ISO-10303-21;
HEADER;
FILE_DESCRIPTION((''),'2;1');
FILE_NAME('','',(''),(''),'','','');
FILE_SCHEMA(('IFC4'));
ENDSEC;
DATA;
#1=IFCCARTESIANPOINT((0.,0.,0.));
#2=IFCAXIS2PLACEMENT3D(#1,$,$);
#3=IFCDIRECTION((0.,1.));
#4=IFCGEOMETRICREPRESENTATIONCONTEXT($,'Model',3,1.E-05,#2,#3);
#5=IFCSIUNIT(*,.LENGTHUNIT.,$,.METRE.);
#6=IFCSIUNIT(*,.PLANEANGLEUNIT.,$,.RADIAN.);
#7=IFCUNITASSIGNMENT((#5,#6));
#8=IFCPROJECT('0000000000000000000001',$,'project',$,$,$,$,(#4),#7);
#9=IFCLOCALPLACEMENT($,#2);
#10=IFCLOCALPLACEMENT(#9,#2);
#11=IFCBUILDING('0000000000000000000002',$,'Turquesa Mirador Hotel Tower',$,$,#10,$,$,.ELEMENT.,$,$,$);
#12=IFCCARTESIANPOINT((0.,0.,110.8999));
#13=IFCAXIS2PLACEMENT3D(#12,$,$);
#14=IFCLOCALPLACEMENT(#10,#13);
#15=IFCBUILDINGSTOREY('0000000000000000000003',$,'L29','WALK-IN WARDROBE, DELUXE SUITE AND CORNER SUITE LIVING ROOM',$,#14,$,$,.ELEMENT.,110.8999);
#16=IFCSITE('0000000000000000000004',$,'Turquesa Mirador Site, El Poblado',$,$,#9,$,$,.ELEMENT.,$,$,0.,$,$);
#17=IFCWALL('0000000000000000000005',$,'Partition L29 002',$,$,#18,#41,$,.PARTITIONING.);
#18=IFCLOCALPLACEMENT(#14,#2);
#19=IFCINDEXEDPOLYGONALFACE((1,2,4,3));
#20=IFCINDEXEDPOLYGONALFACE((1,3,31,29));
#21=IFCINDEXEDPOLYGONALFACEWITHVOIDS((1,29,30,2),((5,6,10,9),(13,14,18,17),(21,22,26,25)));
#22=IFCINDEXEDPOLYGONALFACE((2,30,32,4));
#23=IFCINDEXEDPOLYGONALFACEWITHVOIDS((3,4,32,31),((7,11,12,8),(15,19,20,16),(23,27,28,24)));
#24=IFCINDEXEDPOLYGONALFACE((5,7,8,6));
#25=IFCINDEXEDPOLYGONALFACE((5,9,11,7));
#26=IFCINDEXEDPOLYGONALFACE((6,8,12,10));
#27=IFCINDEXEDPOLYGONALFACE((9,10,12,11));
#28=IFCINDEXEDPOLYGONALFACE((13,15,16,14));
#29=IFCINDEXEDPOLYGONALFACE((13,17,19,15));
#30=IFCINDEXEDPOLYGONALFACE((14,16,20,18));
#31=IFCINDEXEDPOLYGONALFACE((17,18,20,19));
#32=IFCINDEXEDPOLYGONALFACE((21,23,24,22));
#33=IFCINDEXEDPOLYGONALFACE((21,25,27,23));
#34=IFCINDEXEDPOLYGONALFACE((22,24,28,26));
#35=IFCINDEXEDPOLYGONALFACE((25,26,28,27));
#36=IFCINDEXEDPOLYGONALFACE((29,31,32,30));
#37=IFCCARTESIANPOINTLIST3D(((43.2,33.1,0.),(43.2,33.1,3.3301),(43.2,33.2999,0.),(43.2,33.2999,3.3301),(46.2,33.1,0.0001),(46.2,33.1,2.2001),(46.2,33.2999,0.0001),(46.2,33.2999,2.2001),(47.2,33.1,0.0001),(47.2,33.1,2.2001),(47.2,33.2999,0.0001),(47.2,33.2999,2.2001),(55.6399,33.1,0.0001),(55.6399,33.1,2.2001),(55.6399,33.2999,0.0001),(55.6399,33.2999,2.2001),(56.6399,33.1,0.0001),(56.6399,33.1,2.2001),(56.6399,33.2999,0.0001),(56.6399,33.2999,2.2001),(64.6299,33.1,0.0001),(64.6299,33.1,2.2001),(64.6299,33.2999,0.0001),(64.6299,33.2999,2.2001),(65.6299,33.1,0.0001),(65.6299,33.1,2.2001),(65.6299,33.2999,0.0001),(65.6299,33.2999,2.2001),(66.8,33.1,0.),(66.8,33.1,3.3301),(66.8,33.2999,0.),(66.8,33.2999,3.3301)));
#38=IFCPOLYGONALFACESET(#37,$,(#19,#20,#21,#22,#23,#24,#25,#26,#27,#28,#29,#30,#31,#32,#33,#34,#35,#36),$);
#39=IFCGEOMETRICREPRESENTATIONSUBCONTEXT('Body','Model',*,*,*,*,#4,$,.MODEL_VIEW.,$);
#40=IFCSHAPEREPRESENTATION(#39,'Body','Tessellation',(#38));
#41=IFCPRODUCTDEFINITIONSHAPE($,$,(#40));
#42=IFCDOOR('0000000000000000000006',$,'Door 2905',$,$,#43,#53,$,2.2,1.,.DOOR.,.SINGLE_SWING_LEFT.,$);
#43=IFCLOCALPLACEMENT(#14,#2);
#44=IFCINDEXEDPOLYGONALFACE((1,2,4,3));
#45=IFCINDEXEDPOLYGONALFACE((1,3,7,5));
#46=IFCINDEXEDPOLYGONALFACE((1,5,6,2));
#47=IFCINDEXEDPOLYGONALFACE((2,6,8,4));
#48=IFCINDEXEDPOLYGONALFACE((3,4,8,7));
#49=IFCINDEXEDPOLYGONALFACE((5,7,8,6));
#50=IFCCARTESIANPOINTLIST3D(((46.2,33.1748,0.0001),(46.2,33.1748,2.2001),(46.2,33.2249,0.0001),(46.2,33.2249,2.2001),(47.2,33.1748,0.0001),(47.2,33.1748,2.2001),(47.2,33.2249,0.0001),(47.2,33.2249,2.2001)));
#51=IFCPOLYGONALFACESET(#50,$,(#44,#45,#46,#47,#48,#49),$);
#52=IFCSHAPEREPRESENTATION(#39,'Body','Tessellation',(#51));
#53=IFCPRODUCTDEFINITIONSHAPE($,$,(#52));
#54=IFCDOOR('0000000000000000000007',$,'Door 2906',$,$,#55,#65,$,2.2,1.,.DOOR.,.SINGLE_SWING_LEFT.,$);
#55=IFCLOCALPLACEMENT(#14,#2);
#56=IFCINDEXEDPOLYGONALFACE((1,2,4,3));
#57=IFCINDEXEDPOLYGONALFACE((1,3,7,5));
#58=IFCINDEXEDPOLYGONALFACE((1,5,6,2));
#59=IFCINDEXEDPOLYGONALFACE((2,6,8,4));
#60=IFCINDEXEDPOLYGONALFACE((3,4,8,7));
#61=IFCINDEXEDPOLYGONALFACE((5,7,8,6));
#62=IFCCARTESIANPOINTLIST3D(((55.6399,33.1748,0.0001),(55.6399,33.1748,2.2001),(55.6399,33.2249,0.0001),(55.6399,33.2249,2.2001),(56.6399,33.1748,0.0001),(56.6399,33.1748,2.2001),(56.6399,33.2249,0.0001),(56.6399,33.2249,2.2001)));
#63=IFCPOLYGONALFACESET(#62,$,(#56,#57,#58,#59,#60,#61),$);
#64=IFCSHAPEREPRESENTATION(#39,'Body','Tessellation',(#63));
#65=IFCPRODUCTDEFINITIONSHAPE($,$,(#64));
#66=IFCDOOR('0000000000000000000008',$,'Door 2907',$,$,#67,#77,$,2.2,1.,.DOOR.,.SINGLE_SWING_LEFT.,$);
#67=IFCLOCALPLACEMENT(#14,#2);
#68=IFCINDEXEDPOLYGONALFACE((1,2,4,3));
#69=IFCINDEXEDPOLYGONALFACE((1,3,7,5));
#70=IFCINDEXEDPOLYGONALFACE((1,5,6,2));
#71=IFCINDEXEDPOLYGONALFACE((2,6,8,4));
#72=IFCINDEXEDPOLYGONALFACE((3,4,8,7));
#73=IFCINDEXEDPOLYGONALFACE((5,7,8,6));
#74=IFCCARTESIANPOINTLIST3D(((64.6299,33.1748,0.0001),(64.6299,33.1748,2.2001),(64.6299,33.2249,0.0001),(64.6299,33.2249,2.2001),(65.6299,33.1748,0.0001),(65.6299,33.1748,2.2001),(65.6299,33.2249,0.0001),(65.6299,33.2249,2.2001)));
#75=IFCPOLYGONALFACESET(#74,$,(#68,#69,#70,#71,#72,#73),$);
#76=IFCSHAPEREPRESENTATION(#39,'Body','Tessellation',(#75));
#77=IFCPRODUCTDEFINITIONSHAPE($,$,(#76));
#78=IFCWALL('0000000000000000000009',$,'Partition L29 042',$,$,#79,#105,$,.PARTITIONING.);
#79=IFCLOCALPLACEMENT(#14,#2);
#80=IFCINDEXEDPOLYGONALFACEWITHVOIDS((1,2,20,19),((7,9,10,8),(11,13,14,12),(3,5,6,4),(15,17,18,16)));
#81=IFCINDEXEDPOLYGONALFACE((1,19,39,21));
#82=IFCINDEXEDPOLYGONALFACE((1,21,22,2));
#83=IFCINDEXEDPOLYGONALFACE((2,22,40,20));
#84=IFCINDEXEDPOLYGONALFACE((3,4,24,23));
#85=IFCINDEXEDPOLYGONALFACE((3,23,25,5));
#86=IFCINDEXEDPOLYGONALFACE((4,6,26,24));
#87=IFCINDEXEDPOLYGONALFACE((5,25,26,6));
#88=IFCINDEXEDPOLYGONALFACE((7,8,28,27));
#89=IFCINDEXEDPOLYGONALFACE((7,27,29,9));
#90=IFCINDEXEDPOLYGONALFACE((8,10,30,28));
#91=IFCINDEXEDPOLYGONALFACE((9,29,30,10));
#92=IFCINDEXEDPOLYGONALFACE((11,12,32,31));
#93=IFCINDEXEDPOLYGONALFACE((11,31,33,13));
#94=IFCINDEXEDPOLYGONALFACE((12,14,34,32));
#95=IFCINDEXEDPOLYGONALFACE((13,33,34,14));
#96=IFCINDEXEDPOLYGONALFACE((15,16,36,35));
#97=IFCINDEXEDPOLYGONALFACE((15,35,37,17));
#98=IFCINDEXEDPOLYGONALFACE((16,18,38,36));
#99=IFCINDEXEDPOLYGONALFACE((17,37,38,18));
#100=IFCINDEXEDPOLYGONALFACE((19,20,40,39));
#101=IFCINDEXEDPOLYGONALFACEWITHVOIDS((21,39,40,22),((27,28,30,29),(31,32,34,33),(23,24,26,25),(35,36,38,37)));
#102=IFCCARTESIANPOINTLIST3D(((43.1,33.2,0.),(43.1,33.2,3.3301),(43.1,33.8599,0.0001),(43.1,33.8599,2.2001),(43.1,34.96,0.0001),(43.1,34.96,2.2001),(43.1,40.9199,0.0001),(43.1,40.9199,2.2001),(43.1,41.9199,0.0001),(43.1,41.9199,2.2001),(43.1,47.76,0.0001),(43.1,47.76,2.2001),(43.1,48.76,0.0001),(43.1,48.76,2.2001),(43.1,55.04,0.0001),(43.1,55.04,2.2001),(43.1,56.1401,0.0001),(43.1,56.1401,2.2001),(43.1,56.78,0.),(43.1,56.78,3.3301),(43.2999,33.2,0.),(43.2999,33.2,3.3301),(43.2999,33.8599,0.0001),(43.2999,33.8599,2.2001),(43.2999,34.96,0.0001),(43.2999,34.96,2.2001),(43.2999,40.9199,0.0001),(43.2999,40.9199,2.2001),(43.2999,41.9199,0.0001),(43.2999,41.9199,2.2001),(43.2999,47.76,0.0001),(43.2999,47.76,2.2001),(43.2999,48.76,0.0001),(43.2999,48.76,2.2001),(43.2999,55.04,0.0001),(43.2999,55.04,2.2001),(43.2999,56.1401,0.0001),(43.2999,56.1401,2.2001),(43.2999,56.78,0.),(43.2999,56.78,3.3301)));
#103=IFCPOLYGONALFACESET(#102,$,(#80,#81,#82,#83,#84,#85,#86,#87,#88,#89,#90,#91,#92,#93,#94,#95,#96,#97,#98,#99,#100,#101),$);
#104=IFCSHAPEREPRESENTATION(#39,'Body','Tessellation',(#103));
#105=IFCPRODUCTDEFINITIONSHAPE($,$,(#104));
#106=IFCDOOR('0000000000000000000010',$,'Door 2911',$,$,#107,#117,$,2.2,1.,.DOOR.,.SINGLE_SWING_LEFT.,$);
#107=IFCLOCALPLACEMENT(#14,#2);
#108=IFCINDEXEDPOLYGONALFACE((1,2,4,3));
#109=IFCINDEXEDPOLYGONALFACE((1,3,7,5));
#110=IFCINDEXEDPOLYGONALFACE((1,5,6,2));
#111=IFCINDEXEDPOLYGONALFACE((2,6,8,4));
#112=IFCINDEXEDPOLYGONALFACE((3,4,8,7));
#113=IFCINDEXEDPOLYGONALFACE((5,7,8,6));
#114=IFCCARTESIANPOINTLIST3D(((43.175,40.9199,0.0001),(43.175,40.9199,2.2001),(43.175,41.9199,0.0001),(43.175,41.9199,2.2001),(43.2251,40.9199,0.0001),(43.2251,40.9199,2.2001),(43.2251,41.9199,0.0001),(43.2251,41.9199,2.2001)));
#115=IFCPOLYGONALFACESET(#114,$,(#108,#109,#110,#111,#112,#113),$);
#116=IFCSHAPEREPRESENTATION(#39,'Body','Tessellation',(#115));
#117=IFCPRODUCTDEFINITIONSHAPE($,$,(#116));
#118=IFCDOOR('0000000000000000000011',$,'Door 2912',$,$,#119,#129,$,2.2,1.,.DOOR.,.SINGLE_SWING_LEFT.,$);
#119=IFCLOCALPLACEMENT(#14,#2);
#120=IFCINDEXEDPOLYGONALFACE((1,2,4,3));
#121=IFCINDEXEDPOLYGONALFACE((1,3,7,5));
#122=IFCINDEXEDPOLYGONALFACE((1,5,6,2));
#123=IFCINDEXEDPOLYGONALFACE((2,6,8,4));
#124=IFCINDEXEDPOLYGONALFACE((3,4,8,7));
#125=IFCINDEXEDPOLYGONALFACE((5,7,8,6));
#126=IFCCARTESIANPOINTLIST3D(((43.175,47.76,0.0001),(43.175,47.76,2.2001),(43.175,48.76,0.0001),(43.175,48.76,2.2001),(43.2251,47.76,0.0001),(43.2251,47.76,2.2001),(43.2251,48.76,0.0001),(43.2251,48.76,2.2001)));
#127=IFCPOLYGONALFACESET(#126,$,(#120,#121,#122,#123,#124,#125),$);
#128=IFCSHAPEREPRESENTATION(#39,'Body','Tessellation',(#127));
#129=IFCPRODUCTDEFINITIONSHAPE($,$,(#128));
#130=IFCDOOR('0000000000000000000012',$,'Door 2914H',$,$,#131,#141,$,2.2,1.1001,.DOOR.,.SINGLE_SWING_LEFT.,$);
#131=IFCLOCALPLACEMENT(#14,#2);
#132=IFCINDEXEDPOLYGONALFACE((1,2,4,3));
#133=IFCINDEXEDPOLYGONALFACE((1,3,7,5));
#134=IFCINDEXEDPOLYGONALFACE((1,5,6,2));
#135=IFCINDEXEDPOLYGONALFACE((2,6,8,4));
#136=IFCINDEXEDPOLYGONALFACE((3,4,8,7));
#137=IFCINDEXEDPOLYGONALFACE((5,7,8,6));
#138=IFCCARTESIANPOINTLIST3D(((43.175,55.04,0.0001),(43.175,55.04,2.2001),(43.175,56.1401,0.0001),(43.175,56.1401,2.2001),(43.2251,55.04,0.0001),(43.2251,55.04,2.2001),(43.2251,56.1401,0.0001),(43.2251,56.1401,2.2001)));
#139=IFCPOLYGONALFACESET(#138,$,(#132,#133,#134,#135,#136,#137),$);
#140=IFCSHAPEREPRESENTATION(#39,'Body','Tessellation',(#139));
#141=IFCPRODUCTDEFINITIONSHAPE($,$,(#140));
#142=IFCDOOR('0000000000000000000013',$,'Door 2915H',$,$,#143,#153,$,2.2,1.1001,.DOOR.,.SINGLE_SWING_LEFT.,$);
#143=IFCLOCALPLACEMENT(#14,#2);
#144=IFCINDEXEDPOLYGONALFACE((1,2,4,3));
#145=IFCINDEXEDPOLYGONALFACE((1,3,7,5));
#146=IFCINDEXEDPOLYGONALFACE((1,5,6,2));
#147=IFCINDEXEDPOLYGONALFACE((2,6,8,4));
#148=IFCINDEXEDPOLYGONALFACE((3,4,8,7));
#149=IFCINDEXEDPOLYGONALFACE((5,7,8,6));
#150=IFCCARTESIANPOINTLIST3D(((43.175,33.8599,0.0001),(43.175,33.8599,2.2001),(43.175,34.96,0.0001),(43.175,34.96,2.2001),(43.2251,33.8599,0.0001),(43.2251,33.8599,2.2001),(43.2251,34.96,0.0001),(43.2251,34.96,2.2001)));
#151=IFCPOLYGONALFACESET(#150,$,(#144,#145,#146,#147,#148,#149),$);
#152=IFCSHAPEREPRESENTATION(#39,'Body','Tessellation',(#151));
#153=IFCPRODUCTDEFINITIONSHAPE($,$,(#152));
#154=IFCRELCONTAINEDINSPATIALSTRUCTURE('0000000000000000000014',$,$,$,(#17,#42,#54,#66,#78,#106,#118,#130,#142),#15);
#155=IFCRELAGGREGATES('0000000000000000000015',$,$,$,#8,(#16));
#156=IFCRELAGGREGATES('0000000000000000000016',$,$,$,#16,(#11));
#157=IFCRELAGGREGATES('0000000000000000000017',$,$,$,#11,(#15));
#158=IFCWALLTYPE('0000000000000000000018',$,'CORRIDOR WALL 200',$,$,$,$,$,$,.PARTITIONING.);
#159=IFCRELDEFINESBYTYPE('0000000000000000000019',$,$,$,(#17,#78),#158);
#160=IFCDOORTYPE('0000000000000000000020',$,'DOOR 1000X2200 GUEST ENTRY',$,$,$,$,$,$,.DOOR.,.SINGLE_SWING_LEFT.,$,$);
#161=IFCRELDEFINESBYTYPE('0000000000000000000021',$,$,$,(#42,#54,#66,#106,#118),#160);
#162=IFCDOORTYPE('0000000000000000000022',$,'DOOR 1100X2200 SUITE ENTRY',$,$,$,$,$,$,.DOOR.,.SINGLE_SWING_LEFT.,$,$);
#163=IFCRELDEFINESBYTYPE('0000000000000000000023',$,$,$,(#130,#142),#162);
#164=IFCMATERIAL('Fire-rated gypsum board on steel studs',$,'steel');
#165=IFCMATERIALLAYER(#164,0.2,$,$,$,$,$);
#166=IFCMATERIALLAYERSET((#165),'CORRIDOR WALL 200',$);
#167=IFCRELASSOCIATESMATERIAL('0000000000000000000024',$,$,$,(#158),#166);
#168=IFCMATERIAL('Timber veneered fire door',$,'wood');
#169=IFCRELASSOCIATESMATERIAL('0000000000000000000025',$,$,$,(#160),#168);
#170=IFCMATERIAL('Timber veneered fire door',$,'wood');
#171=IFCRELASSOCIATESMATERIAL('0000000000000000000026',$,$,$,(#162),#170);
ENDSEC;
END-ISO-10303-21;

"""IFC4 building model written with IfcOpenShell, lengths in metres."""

from ifc_helpers import new_model, si_unit, direction, frame, frame_2d, origin, place, context, subcontext, project, spatial, rectangle, extrude, material, layer, layer_set, type_object, element, fill, save


model = new_model("IFC4")

# Units and contexts
model_context = context("Model", 3, precision=1e-05, world=origin(), true_north=direction((0.0, 1.0)))
body_context = subcontext(model_context, "Body", "Model", "MODEL_VIEW")
ifc_project = project(units=[si_unit("LENGTHUNIT", "METRE"), si_unit("PLANEANGLEUNIT", "RADIAN")], contexts=[model_context])

# Site, building, storey
site_placement = place(None, origin())
site = spatial("IfcSite", under=ifc_project, at=site_placement, Name="Turquesa Mirador Site, El Poblado", CompositionType="ELEMENT", RefElevation=0.0)
building_placement = place(site_placement, origin())
building = spatial("IfcBuilding", under=site, at=building_placement, Name="Turquesa Mirador Hotel Tower", CompositionType="ELEMENT")
storey_placement = place(building_placement, frame((0.0, 0.0, 110.8999)))
storey = spatial("IfcBuildingStorey", under=building, at=storey_placement, Name="L29", Description="WALK-IN WARDROBE, DELUXE SUITE AND CORNER SUITE LIVING ROOM", CompositionType="ELEMENT", Elevation=110.8999)

# Walls, openings, doors
ifc_material_1 = material(Name="Fire-rated gypsum board on steel studs", Category="steel")
ifc_layer_1 = layer(ifc_material_1, 0.2)
ifc_layer_set_1 = layer_set([ifc_layer_1], Name="CORRIDOR WALL 200")
wall_type_1 = type_object("IfcWallType", Name="CORRIDOR WALL 200", PredefinedType="PARTITIONING", material=ifc_layer_set_1)
wall_1_placement = place(storey_placement, frame((43.2, 33.2, 0.0), z_axis=(0.0, 0.0, 1.0), x_axis=(1.0, 0.0, 0.0)))
wall_1 = element("IfcWall", 1, at=wall_1_placement, inside=storey, type_object=wall_type_1, Name="Partition L29 002", PredefinedType="PARTITIONING", context=body_context, shape_type="SweptSolid", body=[
    extrude(rectangle(XDim=23.6001, YDim=0.2, at=frame_2d((11.8, 0.0))), origin(), (0.0, 0.0, 1.0), 3.3301),
])
opening_1_placement = place(wall_1_placement, frame((3.0, 0.0, 0.0)))
opening_1 = element("IfcOpeningElement", 2, at=opening_1_placement, cuts=wall_1, PredefinedType="OPENING", context=body_context, shape_type="SweptSolid", body=[
    extrude(rectangle(XDim=1.0, YDim=2.2, at=frame_2d((0.5, 1.1001))), frame((0.0, 0.1099, 0.0), z_axis=(0.0, -1.0, 0.0), x_axis=(1.0, 0.0, 0.0)), (0.0, 0.0, 1.0), 0.22),
])
opening_2_placement = place(wall_1_placement, frame((12.4399, 0.0, 0.0)))
opening_2 = element("IfcOpeningElement", 3, at=opening_2_placement, cuts=wall_1, PredefinedType="OPENING", context=body_context, shape_type="SweptSolid", body=[
    extrude(rectangle(XDim=1.0, YDim=2.2, at=frame_2d((0.5, 1.1001))), frame((0.0, 0.1099, 0.0), z_axis=(0.0, -1.0, 0.0), x_axis=(1.0, 0.0, 0.0)), (0.0, 0.0, 1.0), 0.22),
])
opening_3_placement = place(wall_1_placement, frame((21.4299, 0.0, 0.0)))
opening_3 = element("IfcOpeningElement", 4, at=opening_3_placement, cuts=wall_1, PredefinedType="OPENING", context=body_context, shape_type="SweptSolid", body=[
    extrude(rectangle(XDim=1.0, YDim=2.2, at=frame_2d((0.5, 1.1001))), frame((0.0, 0.1099, 0.0), z_axis=(0.0, -1.0, 0.0), x_axis=(1.0, 0.0, 0.0)), (0.0, 0.0, 1.0), 0.22),
])
ifc_material_2 = material(Name="Timber veneered fire door", Category="wood")
door_type_1 = type_object("IfcDoorType", Name="DOOR 1000X2200 GUEST ENTRY", OperationType="SINGLE_SWING_LEFT", PredefinedType="DOOR", material=ifc_material_2)
door_1_placement = place(opening_1_placement, origin())
door_1 = element("IfcDoor", 5, at=door_1_placement, inside=storey, type_object=door_type_1, Name="Door 2905", OperationType="SINGLE_SWING_LEFT", OverallHeight=2.2, OverallWidth=1.0, PredefinedType="DOOR", context=body_context, shape_type="SweptSolid", body=[
    extrude(rectangle(XDim=1.0, YDim=2.2, at=frame_2d((0.5, 1.1001))), frame((0.0, 0.0249, 0.0), z_axis=(0.0, -1.0, 0.0), x_axis=(1.0, 0.0, 0.0)), (0.0, 0.0, 1.0), 0.05),
])
fill(opening_1, door_1)
door_2_placement = place(opening_2_placement, origin())
door_2 = element("IfcDoor", 6, at=door_2_placement, inside=storey, type_object=door_type_1, Name="Door 2906", OperationType="SINGLE_SWING_LEFT", OverallHeight=2.2, OverallWidth=1.0, PredefinedType="DOOR", context=body_context, shape_type="SweptSolid", body=[
    extrude(rectangle(XDim=1.0, YDim=2.2, at=frame_2d((0.5, 1.1001))), frame((0.0, 0.0249, 0.0), z_axis=(0.0, -1.0, 0.0), x_axis=(1.0, 0.0, 0.0)), (0.0, 0.0, 1.0), 0.05),
])
fill(opening_2, door_2)
door_3_placement = place(opening_3_placement, origin())
door_3 = element("IfcDoor", 7, at=door_3_placement, inside=storey, type_object=door_type_1, Name="Door 2907", OperationType="SINGLE_SWING_LEFT", OverallHeight=2.2, OverallWidth=1.0, PredefinedType="DOOR", context=body_context, shape_type="SweptSolid", body=[
    extrude(rectangle(XDim=1.0, YDim=2.2, at=frame_2d((0.5, 1.1001))), frame((0.0, 0.0249, 0.0), z_axis=(0.0, -1.0, 0.0), x_axis=(1.0, 0.0, 0.0)), (0.0, 0.0, 1.0), 0.05),
])
fill(opening_3, door_3)
wall_2_placement = place(storey_placement, frame((43.2, 33.2, 0.0), z_axis=(0.0, 0.0, 1.0), x_axis=(0.0, 1.0, 0.0)))
wall_2 = element("IfcWall", 8, at=wall_2_placement, inside=storey, type_object=wall_type_1, Name="Partition L29 042", PredefinedType="PARTITIONING", context=body_context, shape_type="SweptSolid", body=[
    extrude(rectangle(XDim=23.5801, YDim=0.2, at=frame_2d((11.79, 0.0))), origin(), (0.0, 0.0, 1.0), 3.3301),
])
opening_4_placement = place(wall_2_placement, frame((7.72, 0.0, 0.0)))
opening_4 = element("IfcOpeningElement", 9, at=opening_4_placement, cuts=wall_2, PredefinedType="OPENING", context=body_context, shape_type="SweptSolid", body=[
    extrude(rectangle(XDim=1.0, YDim=2.2, at=frame_2d((0.5, 1.1001))), frame((0.0, 0.1099, 0.0), z_axis=(0.0, -1.0, 0.0), x_axis=(1.0, 0.0, 0.0)), (0.0, 0.0, 1.0), 0.22),
])
opening_5_placement = place(wall_2_placement, frame((14.5601, 0.0, 0.0)))
opening_5 = element("IfcOpeningElement", 10, at=opening_5_placement, cuts=wall_2, PredefinedType="OPENING", context=body_context, shape_type="SweptSolid", body=[
    extrude(rectangle(XDim=1.0, YDim=2.2, at=frame_2d((0.5, 1.1001))), frame((0.0, 0.1099, 0.0), z_axis=(0.0, -1.0, 0.0), x_axis=(1.0, 0.0, 0.0)), (0.0, 0.0, 1.0), 0.22),
])
opening_6_placement = place(wall_2_placement, frame((21.8401, 0.0, 0.0)))
opening_6 = element("IfcOpeningElement", 11, at=opening_6_placement, cuts=wall_2, PredefinedType="OPENING", context=body_context, shape_type="SweptSolid", body=[
    extrude(rectangle(XDim=1.1001, YDim=2.2, at=frame_2d((0.55, 1.1001))), frame((0.0, 0.1099, 0.0), z_axis=(0.0, -1.0, 0.0), x_axis=(1.0, 0.0, 0.0)), (0.0, 0.0, 1.0), 0.22),
])
opening_7_placement = place(wall_2_placement, frame((0.6599, 0.0, 0.0)))
opening_7 = element("IfcOpeningElement", 12, at=opening_7_placement, cuts=wall_2, PredefinedType="OPENING", context=body_context, shape_type="SweptSolid", body=[
    extrude(rectangle(XDim=1.1001, YDim=2.2, at=frame_2d((0.55, 1.1001))), frame((0.0, 0.1099, 0.0), z_axis=(0.0, -1.0, 0.0), x_axis=(1.0, 0.0, 0.0)), (0.0, 0.0, 1.0), 0.22),
])
door_4_placement = place(opening_4_placement, origin())
door_4 = element("IfcDoor", 13, at=door_4_placement, inside=storey, type_object=door_type_1, Name="Door 2911", OperationType="SINGLE_SWING_LEFT", OverallHeight=2.2, OverallWidth=1.0, PredefinedType="DOOR", context=body_context, shape_type="SweptSolid", body=[
    extrude(rectangle(XDim=1.0, YDim=2.2, at=frame_2d((0.5, 1.1001))), frame((0.0, 0.0249, 0.0), z_axis=(0.0, -1.0, 0.0), x_axis=(1.0, 0.0, 0.0)), (0.0, 0.0, 1.0), 0.05),
])
fill(opening_4, door_4)
door_5_placement = place(opening_5_placement, origin())
door_5 = element("IfcDoor", 14, at=door_5_placement, inside=storey, type_object=door_type_1, Name="Door 2912", OperationType="SINGLE_SWING_LEFT", OverallHeight=2.2, OverallWidth=1.0, PredefinedType="DOOR", context=body_context, shape_type="SweptSolid", body=[
    extrude(rectangle(XDim=1.0, YDim=2.2, at=frame_2d((0.5, 1.1001))), frame((0.0, 0.0249, 0.0), z_axis=(0.0, -1.0, 0.0), x_axis=(1.0, 0.0, 0.0)), (0.0, 0.0, 1.0), 0.05),
])
fill(opening_5, door_5)
ifc_material_3 = material(Name="Timber veneered fire door", Category="wood")
door_type_2 = type_object("IfcDoorType", Name="DOOR 1100X2200 SUITE ENTRY", OperationType="SINGLE_SWING_LEFT", PredefinedType="DOOR", material=ifc_material_3)
door_6_placement = place(opening_6_placement, origin())
door_6 = element("IfcDoor", 15, at=door_6_placement, inside=storey, type_object=door_type_2, Name="Door 2914H", OperationType="SINGLE_SWING_LEFT", OverallHeight=2.2, OverallWidth=1.1001, PredefinedType="DOOR", context=body_context, shape_type="SweptSolid", body=[
    extrude(rectangle(XDim=1.1001, YDim=2.2, at=frame_2d((0.55, 1.1001))), frame((0.0, 0.0249, 0.0), z_axis=(0.0, -1.0, 0.0), x_axis=(1.0, 0.0, 0.0)), (0.0, 0.0, 1.0), 0.05),
])
fill(opening_6, door_6)
door_7_placement = place(opening_7_placement, origin())
door_7 = element("IfcDoor", 16, at=door_7_placement, inside=storey, type_object=door_type_2, Name="Door 2915H", OperationType="SINGLE_SWING_LEFT", OverallHeight=2.2, OverallWidth=1.1001, PredefinedType="DOOR", context=body_context, shape_type="SweptSolid", body=[
    extrude(rectangle(XDim=1.1001, YDim=2.2, at=frame_2d((0.55, 1.1001))), frame((0.0, 0.0249, 0.0), z_axis=(0.0, -1.0, 0.0), x_axis=(1.0, 0.0, 0.0)), (0.0, 0.0, 1.0), 0.05),
])
fill(opening_7, door_7)

save(model, "model.ifc")
